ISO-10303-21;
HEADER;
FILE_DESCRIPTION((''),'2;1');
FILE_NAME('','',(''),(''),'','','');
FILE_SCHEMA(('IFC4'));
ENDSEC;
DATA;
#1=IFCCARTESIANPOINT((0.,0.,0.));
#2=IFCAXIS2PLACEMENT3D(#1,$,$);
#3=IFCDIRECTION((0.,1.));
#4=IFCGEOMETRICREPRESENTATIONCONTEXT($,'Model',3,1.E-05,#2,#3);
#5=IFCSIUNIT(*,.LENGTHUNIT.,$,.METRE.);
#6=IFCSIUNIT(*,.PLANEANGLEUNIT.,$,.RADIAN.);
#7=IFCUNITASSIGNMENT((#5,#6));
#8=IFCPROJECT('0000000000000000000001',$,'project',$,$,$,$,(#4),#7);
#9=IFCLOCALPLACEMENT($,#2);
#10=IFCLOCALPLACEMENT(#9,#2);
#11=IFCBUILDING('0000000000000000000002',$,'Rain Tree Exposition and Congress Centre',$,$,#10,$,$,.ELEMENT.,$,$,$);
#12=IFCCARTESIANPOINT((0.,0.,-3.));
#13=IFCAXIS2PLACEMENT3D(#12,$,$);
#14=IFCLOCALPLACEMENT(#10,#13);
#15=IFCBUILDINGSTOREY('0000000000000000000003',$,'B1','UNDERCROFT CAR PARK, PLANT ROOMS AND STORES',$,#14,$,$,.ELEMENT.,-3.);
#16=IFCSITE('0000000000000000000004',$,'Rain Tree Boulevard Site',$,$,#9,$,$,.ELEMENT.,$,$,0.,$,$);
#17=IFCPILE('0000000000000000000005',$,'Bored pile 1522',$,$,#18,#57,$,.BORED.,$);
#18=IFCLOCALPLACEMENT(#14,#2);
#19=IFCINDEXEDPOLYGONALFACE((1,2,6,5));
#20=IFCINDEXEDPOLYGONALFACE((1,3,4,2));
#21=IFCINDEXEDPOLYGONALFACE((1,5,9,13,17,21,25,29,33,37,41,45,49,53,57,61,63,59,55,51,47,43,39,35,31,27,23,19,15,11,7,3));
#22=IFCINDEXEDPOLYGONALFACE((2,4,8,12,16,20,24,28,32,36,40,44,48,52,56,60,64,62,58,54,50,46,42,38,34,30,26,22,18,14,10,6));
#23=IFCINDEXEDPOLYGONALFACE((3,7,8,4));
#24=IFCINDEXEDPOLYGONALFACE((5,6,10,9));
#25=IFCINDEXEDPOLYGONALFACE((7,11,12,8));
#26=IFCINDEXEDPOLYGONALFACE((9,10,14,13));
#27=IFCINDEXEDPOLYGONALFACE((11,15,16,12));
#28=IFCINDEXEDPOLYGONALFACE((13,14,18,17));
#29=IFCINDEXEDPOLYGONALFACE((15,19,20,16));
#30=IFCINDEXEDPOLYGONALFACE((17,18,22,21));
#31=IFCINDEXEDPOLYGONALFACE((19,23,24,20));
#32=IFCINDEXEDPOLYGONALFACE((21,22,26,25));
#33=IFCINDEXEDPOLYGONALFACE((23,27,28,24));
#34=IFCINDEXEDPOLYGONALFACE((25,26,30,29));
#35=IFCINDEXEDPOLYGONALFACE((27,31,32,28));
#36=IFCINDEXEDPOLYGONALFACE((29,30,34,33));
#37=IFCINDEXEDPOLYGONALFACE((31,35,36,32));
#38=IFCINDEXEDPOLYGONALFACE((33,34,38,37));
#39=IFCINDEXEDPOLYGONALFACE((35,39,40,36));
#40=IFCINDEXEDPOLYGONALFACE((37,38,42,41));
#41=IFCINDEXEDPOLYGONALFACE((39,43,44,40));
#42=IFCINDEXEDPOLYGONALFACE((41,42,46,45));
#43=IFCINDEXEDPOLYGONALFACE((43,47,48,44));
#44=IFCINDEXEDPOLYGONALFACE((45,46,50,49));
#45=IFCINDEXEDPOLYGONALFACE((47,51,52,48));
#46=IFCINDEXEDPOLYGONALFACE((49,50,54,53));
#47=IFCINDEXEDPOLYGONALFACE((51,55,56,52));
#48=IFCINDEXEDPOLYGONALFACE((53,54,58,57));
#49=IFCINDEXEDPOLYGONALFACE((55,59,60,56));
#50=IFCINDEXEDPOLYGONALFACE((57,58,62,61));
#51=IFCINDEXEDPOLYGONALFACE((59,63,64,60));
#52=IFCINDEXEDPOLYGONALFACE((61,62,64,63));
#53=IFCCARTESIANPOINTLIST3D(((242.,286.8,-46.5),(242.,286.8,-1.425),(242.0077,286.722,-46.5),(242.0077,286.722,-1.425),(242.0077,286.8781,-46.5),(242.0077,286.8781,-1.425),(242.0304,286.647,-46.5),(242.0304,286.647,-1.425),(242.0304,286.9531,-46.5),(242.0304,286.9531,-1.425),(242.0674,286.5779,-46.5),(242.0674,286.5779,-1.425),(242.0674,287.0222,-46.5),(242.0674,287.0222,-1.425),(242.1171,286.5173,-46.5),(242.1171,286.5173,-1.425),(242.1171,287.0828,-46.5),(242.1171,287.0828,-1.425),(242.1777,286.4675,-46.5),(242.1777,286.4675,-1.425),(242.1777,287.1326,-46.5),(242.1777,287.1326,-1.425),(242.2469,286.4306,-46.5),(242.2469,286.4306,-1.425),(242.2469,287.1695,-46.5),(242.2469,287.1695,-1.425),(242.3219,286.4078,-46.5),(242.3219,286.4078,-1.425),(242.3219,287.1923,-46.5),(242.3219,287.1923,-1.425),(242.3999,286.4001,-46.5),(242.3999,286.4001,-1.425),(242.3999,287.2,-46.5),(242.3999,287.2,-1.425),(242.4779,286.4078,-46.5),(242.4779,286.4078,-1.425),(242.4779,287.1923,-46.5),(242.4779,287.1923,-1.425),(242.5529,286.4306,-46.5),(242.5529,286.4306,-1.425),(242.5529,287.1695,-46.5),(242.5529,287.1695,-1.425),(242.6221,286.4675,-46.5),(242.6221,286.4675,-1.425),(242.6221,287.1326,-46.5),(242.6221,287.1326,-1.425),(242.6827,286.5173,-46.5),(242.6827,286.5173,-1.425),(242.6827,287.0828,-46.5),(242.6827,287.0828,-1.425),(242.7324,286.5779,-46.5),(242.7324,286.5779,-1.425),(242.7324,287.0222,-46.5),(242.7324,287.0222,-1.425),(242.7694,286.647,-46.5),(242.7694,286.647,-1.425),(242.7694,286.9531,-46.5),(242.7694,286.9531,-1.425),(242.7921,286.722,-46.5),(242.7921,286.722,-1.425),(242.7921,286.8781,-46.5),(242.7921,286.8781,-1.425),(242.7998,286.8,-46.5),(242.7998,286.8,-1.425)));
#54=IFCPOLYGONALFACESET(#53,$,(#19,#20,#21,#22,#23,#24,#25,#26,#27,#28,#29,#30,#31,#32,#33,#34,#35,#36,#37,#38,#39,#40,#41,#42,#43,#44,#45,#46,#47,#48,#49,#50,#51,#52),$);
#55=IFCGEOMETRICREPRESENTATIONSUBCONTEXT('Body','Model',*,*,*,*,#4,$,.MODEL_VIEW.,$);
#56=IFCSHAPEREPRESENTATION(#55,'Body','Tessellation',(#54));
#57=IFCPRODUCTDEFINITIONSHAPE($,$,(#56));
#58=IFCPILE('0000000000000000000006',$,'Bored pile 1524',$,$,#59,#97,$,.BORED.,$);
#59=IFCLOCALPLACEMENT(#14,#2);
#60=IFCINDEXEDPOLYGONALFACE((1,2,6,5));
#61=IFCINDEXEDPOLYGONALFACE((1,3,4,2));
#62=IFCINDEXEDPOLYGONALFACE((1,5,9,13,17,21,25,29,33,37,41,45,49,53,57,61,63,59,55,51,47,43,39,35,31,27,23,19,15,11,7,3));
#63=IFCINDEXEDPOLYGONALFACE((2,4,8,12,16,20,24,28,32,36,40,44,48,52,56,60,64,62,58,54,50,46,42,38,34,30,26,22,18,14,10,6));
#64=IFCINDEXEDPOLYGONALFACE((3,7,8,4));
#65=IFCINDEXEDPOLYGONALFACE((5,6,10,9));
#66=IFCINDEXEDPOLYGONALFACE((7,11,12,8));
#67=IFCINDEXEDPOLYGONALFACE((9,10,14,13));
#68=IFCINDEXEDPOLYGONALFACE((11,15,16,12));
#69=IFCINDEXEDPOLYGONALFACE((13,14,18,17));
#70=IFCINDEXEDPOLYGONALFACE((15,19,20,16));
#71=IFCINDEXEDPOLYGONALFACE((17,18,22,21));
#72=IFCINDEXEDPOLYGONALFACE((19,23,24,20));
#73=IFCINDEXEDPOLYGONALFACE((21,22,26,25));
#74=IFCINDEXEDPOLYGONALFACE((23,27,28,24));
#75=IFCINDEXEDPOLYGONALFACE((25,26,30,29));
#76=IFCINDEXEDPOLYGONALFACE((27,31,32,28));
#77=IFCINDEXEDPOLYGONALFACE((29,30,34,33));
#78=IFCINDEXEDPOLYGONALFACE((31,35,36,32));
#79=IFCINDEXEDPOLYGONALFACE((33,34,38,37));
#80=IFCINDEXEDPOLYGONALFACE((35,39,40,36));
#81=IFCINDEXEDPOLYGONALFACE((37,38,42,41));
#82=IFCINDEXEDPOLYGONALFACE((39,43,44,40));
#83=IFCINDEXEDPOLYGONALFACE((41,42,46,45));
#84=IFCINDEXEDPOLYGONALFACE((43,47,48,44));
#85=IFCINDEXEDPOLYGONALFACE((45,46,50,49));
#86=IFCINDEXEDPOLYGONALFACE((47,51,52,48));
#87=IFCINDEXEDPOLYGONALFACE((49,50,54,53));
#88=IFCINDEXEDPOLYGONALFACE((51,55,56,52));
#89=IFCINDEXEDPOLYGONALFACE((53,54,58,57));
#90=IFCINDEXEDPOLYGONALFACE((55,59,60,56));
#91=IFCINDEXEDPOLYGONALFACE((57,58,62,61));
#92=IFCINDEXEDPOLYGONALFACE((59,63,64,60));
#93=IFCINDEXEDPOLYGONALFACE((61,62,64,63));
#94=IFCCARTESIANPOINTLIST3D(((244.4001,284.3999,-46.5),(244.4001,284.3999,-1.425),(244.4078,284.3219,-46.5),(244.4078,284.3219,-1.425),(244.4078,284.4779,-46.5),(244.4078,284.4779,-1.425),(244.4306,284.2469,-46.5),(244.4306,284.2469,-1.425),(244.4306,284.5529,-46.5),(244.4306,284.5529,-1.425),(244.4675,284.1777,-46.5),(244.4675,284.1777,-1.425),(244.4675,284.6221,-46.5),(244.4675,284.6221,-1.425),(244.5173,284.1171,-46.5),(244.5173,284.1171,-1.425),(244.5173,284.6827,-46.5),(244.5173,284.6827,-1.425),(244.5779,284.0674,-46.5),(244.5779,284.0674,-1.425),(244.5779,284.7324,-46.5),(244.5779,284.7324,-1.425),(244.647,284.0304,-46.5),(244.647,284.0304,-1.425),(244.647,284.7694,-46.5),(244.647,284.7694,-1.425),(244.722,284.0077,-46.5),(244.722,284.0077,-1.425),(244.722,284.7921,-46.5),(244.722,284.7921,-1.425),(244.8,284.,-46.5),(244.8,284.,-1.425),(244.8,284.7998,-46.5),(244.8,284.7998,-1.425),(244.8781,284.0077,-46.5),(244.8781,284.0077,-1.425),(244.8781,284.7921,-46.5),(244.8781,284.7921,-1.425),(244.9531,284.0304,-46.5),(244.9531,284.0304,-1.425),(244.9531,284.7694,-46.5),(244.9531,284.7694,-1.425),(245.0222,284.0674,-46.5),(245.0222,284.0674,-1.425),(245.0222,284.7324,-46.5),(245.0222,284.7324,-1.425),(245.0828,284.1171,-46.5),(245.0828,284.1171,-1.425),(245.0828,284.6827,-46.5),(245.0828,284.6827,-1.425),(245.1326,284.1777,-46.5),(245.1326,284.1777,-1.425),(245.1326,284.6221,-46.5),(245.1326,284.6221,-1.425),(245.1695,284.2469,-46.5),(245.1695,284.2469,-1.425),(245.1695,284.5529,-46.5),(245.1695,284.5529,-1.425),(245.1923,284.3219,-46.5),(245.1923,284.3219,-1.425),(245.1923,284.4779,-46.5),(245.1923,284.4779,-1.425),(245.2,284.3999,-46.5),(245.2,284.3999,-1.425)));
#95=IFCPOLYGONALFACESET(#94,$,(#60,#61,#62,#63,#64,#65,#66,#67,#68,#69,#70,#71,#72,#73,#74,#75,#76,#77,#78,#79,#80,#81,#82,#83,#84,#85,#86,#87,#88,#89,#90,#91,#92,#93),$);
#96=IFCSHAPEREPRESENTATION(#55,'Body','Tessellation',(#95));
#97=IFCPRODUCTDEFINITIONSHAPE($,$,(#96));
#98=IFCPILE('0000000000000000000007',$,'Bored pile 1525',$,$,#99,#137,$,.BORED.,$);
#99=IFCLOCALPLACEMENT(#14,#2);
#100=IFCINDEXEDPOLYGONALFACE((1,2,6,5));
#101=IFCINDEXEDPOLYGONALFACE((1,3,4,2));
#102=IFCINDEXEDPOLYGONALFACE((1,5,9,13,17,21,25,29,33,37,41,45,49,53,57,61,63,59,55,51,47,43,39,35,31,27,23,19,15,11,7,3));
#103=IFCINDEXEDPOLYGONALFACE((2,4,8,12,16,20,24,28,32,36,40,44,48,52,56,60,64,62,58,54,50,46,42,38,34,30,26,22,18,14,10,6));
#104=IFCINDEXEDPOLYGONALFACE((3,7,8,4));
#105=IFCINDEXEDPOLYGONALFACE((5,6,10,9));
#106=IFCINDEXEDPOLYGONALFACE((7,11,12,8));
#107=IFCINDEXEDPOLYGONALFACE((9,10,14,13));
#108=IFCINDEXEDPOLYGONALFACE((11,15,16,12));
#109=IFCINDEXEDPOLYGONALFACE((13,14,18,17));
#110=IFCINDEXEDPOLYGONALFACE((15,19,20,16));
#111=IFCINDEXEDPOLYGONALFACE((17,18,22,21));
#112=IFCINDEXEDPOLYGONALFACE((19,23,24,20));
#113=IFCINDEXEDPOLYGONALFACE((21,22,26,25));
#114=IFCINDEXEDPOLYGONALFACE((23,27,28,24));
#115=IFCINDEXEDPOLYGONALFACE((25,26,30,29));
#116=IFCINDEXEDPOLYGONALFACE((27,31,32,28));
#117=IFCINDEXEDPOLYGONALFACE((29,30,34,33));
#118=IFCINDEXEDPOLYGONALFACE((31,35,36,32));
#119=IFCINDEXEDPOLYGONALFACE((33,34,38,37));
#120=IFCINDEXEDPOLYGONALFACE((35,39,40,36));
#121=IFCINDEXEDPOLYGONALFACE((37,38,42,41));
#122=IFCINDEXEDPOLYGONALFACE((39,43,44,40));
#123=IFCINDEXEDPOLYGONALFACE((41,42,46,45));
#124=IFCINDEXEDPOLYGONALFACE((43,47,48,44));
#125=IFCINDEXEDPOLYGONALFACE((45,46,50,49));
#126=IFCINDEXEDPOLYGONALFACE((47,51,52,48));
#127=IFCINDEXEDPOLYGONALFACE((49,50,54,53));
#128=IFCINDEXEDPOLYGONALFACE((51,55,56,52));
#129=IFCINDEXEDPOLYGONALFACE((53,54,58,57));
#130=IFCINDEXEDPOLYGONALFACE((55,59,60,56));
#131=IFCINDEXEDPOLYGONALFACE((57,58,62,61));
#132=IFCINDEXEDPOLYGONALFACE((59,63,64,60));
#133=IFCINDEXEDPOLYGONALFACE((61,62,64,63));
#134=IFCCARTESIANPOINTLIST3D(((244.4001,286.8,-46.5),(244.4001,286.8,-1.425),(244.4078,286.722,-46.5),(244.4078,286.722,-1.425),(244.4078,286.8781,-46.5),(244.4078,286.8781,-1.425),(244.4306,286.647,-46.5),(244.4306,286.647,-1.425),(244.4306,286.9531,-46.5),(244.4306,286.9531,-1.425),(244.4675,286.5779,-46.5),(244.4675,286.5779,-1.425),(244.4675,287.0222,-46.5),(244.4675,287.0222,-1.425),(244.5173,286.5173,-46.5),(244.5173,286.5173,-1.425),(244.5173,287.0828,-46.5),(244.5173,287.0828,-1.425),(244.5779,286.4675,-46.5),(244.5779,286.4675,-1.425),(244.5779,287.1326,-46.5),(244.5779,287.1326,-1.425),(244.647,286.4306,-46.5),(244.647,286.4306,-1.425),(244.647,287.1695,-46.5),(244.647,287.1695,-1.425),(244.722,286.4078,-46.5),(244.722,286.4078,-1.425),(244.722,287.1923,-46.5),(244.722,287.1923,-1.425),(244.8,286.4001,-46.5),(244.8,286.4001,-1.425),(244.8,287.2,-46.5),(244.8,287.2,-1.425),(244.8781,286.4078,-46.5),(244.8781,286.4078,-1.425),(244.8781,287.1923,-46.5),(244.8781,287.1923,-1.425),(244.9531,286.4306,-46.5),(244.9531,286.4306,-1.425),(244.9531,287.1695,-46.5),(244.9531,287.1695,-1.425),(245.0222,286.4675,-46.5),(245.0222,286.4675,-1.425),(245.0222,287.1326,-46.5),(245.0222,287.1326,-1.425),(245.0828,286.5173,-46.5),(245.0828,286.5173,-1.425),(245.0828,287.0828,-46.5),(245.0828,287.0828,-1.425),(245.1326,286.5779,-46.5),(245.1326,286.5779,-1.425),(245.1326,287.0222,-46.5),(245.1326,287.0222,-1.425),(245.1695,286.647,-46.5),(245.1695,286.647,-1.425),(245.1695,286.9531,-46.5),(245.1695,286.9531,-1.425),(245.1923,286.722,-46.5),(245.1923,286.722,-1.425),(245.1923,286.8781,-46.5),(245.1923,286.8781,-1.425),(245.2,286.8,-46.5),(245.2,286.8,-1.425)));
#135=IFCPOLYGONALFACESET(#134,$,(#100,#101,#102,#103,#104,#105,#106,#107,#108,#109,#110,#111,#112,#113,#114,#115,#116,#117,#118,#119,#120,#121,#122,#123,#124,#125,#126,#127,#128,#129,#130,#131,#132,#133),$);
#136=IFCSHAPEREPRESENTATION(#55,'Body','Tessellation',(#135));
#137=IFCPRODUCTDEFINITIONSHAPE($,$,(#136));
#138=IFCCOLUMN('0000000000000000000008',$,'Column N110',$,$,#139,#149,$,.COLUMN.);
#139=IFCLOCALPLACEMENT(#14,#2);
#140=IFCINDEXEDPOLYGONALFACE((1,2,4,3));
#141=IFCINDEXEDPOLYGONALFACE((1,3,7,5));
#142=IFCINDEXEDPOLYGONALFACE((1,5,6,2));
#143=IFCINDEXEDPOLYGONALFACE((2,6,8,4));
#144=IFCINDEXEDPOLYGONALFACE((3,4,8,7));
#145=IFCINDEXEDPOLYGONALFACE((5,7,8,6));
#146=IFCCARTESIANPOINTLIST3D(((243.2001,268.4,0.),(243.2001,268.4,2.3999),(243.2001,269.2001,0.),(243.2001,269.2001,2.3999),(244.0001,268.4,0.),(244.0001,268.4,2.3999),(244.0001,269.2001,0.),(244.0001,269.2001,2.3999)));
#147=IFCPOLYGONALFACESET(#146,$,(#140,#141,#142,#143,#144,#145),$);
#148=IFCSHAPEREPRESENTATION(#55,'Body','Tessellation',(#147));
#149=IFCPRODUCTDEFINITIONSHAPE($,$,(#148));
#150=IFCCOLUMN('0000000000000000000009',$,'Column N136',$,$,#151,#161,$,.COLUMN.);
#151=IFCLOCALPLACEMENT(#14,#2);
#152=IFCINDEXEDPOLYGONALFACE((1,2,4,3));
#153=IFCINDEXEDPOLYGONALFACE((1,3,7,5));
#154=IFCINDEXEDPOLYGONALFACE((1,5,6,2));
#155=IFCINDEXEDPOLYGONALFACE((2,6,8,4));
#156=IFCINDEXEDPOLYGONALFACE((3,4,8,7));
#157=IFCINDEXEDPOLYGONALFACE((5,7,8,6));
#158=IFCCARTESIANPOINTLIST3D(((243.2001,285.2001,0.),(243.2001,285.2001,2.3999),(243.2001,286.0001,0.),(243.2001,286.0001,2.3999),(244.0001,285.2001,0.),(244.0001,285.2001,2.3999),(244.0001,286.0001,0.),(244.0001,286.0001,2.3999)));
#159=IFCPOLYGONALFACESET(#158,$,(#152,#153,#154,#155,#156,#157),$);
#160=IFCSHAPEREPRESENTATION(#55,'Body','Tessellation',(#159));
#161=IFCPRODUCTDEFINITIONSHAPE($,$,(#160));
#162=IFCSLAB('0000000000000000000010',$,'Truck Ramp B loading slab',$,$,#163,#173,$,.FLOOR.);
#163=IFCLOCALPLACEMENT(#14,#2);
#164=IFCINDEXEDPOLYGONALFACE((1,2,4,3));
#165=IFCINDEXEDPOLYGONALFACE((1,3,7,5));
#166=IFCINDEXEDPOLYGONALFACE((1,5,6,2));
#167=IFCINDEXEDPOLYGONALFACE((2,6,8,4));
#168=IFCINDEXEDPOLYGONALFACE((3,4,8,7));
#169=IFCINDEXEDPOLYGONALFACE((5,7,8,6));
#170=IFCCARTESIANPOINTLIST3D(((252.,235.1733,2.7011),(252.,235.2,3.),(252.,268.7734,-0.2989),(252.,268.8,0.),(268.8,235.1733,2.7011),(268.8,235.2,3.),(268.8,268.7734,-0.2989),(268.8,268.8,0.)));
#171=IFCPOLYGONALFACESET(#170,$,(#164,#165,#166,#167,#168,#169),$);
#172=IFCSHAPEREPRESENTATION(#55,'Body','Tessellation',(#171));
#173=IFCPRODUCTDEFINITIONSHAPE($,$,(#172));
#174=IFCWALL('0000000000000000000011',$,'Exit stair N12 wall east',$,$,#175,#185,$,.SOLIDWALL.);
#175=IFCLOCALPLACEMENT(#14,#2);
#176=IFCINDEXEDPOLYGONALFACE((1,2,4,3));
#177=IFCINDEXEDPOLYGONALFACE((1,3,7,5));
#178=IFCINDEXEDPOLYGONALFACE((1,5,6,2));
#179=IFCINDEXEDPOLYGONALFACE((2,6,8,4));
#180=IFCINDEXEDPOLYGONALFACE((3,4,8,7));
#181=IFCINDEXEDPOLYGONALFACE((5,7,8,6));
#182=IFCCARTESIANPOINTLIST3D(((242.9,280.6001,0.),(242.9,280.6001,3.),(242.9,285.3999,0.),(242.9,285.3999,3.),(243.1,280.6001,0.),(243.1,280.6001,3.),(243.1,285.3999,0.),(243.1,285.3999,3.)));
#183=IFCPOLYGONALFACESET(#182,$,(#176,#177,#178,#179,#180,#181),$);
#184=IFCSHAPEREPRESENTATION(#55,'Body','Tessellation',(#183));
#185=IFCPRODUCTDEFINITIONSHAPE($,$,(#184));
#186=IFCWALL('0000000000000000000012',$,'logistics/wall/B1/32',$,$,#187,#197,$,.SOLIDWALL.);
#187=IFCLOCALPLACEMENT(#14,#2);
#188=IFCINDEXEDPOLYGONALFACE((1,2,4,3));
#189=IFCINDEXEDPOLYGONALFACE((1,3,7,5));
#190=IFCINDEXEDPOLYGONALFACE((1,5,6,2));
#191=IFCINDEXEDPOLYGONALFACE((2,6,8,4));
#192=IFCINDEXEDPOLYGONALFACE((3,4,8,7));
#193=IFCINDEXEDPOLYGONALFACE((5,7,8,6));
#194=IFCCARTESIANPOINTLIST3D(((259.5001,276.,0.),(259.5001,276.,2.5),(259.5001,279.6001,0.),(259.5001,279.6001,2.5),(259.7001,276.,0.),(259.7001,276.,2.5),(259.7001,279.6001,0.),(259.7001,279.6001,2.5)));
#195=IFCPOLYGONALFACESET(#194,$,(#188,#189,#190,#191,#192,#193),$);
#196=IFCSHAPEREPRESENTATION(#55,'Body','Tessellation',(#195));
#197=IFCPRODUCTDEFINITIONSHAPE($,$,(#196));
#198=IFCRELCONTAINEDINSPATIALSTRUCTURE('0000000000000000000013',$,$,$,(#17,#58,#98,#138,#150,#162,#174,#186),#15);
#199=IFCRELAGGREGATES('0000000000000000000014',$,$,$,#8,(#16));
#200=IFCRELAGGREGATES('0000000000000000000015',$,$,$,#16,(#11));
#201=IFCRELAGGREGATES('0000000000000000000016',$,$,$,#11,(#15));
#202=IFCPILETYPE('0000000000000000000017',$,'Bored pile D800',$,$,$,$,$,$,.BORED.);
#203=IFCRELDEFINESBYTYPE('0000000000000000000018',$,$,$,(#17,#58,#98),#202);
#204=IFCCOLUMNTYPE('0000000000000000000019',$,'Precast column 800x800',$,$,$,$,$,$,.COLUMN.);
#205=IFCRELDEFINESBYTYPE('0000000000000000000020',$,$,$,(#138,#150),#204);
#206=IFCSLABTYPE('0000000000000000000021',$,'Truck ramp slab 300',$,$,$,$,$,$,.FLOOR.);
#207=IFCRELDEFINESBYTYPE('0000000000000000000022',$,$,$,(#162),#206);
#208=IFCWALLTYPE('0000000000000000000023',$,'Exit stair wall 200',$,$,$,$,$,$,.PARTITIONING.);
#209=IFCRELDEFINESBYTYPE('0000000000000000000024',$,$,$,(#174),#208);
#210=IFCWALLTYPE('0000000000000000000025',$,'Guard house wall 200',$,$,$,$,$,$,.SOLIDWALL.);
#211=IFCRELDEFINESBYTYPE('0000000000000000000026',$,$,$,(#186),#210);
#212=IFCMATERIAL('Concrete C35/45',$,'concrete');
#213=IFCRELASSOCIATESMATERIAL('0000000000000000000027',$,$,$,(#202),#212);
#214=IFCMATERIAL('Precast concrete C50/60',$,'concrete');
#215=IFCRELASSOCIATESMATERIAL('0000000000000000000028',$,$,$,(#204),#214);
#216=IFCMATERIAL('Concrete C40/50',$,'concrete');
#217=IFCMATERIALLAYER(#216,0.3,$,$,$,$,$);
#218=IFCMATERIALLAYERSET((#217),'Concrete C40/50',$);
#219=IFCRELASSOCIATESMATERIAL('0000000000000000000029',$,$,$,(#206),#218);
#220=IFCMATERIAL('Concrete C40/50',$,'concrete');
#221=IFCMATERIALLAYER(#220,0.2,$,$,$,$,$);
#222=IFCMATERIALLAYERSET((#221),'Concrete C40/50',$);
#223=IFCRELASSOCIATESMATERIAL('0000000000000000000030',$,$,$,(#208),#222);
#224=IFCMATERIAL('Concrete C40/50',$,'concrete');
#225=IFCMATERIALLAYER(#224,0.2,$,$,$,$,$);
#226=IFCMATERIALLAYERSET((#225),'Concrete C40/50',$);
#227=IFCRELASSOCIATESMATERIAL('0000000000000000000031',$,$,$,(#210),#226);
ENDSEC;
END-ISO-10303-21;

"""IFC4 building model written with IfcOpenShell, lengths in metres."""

from ifc_helpers import new_model, si_unit, direction, frame, frame_2d, origin, origin_2d, place, context, subcontext, project, spatial, polyline, rectangle, circle, outline, extrude, material, layer, layer_set, material_profile, profile_set, type_object, element, save


model = new_model("IFC4")

# Units and contexts
model_context = context("Model", 3, precision=1e-05, world=origin(), true_north=direction((0.0, 1.0)))
body_context = subcontext(model_context, "Body", "Model", "MODEL_VIEW")
ifc_project = project(units=[si_unit("LENGTHUNIT", "METRE"), si_unit("PLANEANGLEUNIT", "RADIAN")], contexts=[model_context])

# Site, building, storey
site_placement = place(None, origin())
site = spatial("IfcSite", under=ifc_project, at=site_placement, Name="Rain Tree Boulevard Site", CompositionType="ELEMENT", RefElevation=0.0)
building_placement = place(site_placement, origin())
building = spatial("IfcBuilding", under=site, at=building_placement, Name="Rain Tree Exposition and Congress Centre", CompositionType="ELEMENT")
storey_placement = place(building_placement, frame((0.0, 0.0, -3.0)))
storey = spatial("IfcBuildingStorey", under=building, at=storey_placement, Name="B1", Description="UNDERCROFT CAR PARK, PLANT ROOMS AND STORES", CompositionType="ELEMENT", Elevation=-3.0)

# Piles
ifc_material_1 = material(Name="Concrete C35/45", Category="concrete")
ifc_material_profile_1 = material_profile(ifc_material_1, circle(Radius=0.3999, at=origin_2d()), Name="D800")
ifc_profile_set_1 = profile_set([ifc_material_profile_1], Name="Concrete C35/45")
pile_type_1 = type_object("IfcPileType", Name="Bored pile D800", PredefinedType="BORED", material=ifc_profile_set_1)
for number, where, z_axis, x_axis, name in (
    (1, (242.3999, 286.8, -1.425), (0.0, 0.0, -1.0), (1.0, 0.0, 0.0), "Bored pile 1522"),
    (2, (244.8, 284.3999, -1.425), (0.0, 0.0, -1.0), (1.0, 0.0, 0.0), "Bored pile 1524"),
    (3, (244.8, 286.8, -1.425), (0.0, 0.0, -1.0), (1.0, 0.0, 0.0), "Bored pile 1525"),
):
    element("IfcPile", number, at=place(storey_placement, frame(where, z_axis=z_axis, x_axis=x_axis)), inside=storey, type_object=pile_type_1, Name=name, PredefinedType="BORED", context=body_context, shape_type="SweptSolid", body=[
        extrude(circle(Radius=0.3999, at=origin_2d()), origin(), (0.0, 0.0, 1.0), 45.075),
    ])

# Columns
ifc_material_2 = material(Name="Precast concrete C50/60", Category="concrete")
ifc_material_profile_2 = material_profile(ifc_material_2, rectangle(XDim=0.8, YDim=0.8, at=origin_2d()), Name="RC 800x800")
ifc_profile_set_2 = profile_set([ifc_material_profile_2], Name="Precast concrete C50/60")
column_type = type_object("IfcColumnType", Name="Precast column 800x800", PredefinedType="COLUMN", material=ifc_profile_set_2)
for number, where, z_axis, x_axis, name in (
    (4, (243.6001, 268.8, 0.0), (0.0, 0.0, 1.0), (1.0, 0.0, 0.0), "Column N110"),
    (5, (243.6001, 285.6001, 0.0), (0.0, 0.0, 1.0), (1.0, 0.0, 0.0), "Column N136"),
):
    element("IfcColumn", number, at=place(storey_placement, frame(where, z_axis=z_axis, x_axis=x_axis)), inside=storey, type_object=column_type, Name=name, PredefinedType="COLUMN", context=body_context, shape_type="SweptSolid", body=[
        extrude(rectangle(XDim=0.8, YDim=0.8, at=origin_2d()), origin(), (0.0, 0.0, 1.0), 2.3999),
    ])

# Slab
ifc_material_3 = material(Name="Concrete C40/50", Category="concrete")
ifc_layer_1 = layer(ifc_material_3, 0.3)
ifc_layer_set_1 = layer_set([ifc_layer_1], Name="Concrete C40/50")
slab_type = type_object("IfcSlabType", Name="Truck ramp slab 300", PredefinedType="FLOOR", material=ifc_layer_set_1)
slab_placement = place(storey_placement, frame((252.0, 268.8, 0.0), z_axis=(0.0, 0.088932, 0.996038), x_axis=(1.0, 0.0, 0.0)))
element("IfcSlab", 6, at=slab_placement, inside=storey, type_object=slab_type, Name="Truck Ramp B loading slab", PredefinedType="FLOOR", context=body_context, shape_type="SweptSolid", body=[
    extrude(outline(polyline([(0.0, 0.0), (16.8, 0.0), (16.8, -33.7338), (0.0, -33.7338), (0.0, 0.0)])), origin(), (0.0, 0.0, -1.0), 0.3),
])

# Wall
ifc_material_4 = material(Name="Concrete C40/50", Category="concrete")
ifc_layer_2 = layer(ifc_material_4, 0.2)
ifc_layer_set_2 = layer_set([ifc_layer_2], Name="Concrete C40/50")
wall_type_1 = type_object("IfcWallType", Name="Exit stair wall 200", PredefinedType="PARTITIONING", material=ifc_layer_set_2)
wall_1_placement = place(storey_placement, frame((243.0, 280.6001, 0.0), z_axis=(0.0, 0.0, 1.0), x_axis=(0.0, 1.0, 0.0)))
element("IfcWall", 7, at=wall_1_placement, inside=storey, type_object=wall_type_1, Name="Exit stair N12 wall east", PredefinedType="SOLIDWALL", context=body_context, shape_type="SweptSolid", body=[
    extrude(rectangle(XDim=4.7998, YDim=0.2, at=frame_2d((2.3999, 0.0))), origin(), (0.0, 0.0, 1.0), 3.0),
])

# Shared definitions
ifc_material_5 = material(Name="Concrete C40/50", Category="concrete")
ifc_layer_3 = layer(ifc_material_5, 0.2)
ifc_layer_set_3 = layer_set([ifc_layer_3], Name="Concrete C40/50")
wall_type_2 = type_object("IfcWallType", Name="Guard house wall 200", PredefinedType="SOLIDWALL", material=ifc_layer_set_3)

# Wall
wall_2_placement = place(storey_placement, frame((259.6001, 276.0, 0.0), z_axis=(0.0, 0.0, 1.0), x_axis=(0.0, 1.0, 0.0)))
element("IfcWall", 8, at=wall_2_placement, inside=storey, type_object=wall_type_2, Name="logistics/wall/B1/32", PredefinedType="SOLIDWALL", context=body_context, shape_type="SweptSolid", body=[
    extrude(rectangle(XDim=3.6001, YDim=0.2, at=frame_2d((1.8, 0.0))), origin(), (0.0, 0.0, 1.0), 2.5),
])

save(model, "model.ifc")
